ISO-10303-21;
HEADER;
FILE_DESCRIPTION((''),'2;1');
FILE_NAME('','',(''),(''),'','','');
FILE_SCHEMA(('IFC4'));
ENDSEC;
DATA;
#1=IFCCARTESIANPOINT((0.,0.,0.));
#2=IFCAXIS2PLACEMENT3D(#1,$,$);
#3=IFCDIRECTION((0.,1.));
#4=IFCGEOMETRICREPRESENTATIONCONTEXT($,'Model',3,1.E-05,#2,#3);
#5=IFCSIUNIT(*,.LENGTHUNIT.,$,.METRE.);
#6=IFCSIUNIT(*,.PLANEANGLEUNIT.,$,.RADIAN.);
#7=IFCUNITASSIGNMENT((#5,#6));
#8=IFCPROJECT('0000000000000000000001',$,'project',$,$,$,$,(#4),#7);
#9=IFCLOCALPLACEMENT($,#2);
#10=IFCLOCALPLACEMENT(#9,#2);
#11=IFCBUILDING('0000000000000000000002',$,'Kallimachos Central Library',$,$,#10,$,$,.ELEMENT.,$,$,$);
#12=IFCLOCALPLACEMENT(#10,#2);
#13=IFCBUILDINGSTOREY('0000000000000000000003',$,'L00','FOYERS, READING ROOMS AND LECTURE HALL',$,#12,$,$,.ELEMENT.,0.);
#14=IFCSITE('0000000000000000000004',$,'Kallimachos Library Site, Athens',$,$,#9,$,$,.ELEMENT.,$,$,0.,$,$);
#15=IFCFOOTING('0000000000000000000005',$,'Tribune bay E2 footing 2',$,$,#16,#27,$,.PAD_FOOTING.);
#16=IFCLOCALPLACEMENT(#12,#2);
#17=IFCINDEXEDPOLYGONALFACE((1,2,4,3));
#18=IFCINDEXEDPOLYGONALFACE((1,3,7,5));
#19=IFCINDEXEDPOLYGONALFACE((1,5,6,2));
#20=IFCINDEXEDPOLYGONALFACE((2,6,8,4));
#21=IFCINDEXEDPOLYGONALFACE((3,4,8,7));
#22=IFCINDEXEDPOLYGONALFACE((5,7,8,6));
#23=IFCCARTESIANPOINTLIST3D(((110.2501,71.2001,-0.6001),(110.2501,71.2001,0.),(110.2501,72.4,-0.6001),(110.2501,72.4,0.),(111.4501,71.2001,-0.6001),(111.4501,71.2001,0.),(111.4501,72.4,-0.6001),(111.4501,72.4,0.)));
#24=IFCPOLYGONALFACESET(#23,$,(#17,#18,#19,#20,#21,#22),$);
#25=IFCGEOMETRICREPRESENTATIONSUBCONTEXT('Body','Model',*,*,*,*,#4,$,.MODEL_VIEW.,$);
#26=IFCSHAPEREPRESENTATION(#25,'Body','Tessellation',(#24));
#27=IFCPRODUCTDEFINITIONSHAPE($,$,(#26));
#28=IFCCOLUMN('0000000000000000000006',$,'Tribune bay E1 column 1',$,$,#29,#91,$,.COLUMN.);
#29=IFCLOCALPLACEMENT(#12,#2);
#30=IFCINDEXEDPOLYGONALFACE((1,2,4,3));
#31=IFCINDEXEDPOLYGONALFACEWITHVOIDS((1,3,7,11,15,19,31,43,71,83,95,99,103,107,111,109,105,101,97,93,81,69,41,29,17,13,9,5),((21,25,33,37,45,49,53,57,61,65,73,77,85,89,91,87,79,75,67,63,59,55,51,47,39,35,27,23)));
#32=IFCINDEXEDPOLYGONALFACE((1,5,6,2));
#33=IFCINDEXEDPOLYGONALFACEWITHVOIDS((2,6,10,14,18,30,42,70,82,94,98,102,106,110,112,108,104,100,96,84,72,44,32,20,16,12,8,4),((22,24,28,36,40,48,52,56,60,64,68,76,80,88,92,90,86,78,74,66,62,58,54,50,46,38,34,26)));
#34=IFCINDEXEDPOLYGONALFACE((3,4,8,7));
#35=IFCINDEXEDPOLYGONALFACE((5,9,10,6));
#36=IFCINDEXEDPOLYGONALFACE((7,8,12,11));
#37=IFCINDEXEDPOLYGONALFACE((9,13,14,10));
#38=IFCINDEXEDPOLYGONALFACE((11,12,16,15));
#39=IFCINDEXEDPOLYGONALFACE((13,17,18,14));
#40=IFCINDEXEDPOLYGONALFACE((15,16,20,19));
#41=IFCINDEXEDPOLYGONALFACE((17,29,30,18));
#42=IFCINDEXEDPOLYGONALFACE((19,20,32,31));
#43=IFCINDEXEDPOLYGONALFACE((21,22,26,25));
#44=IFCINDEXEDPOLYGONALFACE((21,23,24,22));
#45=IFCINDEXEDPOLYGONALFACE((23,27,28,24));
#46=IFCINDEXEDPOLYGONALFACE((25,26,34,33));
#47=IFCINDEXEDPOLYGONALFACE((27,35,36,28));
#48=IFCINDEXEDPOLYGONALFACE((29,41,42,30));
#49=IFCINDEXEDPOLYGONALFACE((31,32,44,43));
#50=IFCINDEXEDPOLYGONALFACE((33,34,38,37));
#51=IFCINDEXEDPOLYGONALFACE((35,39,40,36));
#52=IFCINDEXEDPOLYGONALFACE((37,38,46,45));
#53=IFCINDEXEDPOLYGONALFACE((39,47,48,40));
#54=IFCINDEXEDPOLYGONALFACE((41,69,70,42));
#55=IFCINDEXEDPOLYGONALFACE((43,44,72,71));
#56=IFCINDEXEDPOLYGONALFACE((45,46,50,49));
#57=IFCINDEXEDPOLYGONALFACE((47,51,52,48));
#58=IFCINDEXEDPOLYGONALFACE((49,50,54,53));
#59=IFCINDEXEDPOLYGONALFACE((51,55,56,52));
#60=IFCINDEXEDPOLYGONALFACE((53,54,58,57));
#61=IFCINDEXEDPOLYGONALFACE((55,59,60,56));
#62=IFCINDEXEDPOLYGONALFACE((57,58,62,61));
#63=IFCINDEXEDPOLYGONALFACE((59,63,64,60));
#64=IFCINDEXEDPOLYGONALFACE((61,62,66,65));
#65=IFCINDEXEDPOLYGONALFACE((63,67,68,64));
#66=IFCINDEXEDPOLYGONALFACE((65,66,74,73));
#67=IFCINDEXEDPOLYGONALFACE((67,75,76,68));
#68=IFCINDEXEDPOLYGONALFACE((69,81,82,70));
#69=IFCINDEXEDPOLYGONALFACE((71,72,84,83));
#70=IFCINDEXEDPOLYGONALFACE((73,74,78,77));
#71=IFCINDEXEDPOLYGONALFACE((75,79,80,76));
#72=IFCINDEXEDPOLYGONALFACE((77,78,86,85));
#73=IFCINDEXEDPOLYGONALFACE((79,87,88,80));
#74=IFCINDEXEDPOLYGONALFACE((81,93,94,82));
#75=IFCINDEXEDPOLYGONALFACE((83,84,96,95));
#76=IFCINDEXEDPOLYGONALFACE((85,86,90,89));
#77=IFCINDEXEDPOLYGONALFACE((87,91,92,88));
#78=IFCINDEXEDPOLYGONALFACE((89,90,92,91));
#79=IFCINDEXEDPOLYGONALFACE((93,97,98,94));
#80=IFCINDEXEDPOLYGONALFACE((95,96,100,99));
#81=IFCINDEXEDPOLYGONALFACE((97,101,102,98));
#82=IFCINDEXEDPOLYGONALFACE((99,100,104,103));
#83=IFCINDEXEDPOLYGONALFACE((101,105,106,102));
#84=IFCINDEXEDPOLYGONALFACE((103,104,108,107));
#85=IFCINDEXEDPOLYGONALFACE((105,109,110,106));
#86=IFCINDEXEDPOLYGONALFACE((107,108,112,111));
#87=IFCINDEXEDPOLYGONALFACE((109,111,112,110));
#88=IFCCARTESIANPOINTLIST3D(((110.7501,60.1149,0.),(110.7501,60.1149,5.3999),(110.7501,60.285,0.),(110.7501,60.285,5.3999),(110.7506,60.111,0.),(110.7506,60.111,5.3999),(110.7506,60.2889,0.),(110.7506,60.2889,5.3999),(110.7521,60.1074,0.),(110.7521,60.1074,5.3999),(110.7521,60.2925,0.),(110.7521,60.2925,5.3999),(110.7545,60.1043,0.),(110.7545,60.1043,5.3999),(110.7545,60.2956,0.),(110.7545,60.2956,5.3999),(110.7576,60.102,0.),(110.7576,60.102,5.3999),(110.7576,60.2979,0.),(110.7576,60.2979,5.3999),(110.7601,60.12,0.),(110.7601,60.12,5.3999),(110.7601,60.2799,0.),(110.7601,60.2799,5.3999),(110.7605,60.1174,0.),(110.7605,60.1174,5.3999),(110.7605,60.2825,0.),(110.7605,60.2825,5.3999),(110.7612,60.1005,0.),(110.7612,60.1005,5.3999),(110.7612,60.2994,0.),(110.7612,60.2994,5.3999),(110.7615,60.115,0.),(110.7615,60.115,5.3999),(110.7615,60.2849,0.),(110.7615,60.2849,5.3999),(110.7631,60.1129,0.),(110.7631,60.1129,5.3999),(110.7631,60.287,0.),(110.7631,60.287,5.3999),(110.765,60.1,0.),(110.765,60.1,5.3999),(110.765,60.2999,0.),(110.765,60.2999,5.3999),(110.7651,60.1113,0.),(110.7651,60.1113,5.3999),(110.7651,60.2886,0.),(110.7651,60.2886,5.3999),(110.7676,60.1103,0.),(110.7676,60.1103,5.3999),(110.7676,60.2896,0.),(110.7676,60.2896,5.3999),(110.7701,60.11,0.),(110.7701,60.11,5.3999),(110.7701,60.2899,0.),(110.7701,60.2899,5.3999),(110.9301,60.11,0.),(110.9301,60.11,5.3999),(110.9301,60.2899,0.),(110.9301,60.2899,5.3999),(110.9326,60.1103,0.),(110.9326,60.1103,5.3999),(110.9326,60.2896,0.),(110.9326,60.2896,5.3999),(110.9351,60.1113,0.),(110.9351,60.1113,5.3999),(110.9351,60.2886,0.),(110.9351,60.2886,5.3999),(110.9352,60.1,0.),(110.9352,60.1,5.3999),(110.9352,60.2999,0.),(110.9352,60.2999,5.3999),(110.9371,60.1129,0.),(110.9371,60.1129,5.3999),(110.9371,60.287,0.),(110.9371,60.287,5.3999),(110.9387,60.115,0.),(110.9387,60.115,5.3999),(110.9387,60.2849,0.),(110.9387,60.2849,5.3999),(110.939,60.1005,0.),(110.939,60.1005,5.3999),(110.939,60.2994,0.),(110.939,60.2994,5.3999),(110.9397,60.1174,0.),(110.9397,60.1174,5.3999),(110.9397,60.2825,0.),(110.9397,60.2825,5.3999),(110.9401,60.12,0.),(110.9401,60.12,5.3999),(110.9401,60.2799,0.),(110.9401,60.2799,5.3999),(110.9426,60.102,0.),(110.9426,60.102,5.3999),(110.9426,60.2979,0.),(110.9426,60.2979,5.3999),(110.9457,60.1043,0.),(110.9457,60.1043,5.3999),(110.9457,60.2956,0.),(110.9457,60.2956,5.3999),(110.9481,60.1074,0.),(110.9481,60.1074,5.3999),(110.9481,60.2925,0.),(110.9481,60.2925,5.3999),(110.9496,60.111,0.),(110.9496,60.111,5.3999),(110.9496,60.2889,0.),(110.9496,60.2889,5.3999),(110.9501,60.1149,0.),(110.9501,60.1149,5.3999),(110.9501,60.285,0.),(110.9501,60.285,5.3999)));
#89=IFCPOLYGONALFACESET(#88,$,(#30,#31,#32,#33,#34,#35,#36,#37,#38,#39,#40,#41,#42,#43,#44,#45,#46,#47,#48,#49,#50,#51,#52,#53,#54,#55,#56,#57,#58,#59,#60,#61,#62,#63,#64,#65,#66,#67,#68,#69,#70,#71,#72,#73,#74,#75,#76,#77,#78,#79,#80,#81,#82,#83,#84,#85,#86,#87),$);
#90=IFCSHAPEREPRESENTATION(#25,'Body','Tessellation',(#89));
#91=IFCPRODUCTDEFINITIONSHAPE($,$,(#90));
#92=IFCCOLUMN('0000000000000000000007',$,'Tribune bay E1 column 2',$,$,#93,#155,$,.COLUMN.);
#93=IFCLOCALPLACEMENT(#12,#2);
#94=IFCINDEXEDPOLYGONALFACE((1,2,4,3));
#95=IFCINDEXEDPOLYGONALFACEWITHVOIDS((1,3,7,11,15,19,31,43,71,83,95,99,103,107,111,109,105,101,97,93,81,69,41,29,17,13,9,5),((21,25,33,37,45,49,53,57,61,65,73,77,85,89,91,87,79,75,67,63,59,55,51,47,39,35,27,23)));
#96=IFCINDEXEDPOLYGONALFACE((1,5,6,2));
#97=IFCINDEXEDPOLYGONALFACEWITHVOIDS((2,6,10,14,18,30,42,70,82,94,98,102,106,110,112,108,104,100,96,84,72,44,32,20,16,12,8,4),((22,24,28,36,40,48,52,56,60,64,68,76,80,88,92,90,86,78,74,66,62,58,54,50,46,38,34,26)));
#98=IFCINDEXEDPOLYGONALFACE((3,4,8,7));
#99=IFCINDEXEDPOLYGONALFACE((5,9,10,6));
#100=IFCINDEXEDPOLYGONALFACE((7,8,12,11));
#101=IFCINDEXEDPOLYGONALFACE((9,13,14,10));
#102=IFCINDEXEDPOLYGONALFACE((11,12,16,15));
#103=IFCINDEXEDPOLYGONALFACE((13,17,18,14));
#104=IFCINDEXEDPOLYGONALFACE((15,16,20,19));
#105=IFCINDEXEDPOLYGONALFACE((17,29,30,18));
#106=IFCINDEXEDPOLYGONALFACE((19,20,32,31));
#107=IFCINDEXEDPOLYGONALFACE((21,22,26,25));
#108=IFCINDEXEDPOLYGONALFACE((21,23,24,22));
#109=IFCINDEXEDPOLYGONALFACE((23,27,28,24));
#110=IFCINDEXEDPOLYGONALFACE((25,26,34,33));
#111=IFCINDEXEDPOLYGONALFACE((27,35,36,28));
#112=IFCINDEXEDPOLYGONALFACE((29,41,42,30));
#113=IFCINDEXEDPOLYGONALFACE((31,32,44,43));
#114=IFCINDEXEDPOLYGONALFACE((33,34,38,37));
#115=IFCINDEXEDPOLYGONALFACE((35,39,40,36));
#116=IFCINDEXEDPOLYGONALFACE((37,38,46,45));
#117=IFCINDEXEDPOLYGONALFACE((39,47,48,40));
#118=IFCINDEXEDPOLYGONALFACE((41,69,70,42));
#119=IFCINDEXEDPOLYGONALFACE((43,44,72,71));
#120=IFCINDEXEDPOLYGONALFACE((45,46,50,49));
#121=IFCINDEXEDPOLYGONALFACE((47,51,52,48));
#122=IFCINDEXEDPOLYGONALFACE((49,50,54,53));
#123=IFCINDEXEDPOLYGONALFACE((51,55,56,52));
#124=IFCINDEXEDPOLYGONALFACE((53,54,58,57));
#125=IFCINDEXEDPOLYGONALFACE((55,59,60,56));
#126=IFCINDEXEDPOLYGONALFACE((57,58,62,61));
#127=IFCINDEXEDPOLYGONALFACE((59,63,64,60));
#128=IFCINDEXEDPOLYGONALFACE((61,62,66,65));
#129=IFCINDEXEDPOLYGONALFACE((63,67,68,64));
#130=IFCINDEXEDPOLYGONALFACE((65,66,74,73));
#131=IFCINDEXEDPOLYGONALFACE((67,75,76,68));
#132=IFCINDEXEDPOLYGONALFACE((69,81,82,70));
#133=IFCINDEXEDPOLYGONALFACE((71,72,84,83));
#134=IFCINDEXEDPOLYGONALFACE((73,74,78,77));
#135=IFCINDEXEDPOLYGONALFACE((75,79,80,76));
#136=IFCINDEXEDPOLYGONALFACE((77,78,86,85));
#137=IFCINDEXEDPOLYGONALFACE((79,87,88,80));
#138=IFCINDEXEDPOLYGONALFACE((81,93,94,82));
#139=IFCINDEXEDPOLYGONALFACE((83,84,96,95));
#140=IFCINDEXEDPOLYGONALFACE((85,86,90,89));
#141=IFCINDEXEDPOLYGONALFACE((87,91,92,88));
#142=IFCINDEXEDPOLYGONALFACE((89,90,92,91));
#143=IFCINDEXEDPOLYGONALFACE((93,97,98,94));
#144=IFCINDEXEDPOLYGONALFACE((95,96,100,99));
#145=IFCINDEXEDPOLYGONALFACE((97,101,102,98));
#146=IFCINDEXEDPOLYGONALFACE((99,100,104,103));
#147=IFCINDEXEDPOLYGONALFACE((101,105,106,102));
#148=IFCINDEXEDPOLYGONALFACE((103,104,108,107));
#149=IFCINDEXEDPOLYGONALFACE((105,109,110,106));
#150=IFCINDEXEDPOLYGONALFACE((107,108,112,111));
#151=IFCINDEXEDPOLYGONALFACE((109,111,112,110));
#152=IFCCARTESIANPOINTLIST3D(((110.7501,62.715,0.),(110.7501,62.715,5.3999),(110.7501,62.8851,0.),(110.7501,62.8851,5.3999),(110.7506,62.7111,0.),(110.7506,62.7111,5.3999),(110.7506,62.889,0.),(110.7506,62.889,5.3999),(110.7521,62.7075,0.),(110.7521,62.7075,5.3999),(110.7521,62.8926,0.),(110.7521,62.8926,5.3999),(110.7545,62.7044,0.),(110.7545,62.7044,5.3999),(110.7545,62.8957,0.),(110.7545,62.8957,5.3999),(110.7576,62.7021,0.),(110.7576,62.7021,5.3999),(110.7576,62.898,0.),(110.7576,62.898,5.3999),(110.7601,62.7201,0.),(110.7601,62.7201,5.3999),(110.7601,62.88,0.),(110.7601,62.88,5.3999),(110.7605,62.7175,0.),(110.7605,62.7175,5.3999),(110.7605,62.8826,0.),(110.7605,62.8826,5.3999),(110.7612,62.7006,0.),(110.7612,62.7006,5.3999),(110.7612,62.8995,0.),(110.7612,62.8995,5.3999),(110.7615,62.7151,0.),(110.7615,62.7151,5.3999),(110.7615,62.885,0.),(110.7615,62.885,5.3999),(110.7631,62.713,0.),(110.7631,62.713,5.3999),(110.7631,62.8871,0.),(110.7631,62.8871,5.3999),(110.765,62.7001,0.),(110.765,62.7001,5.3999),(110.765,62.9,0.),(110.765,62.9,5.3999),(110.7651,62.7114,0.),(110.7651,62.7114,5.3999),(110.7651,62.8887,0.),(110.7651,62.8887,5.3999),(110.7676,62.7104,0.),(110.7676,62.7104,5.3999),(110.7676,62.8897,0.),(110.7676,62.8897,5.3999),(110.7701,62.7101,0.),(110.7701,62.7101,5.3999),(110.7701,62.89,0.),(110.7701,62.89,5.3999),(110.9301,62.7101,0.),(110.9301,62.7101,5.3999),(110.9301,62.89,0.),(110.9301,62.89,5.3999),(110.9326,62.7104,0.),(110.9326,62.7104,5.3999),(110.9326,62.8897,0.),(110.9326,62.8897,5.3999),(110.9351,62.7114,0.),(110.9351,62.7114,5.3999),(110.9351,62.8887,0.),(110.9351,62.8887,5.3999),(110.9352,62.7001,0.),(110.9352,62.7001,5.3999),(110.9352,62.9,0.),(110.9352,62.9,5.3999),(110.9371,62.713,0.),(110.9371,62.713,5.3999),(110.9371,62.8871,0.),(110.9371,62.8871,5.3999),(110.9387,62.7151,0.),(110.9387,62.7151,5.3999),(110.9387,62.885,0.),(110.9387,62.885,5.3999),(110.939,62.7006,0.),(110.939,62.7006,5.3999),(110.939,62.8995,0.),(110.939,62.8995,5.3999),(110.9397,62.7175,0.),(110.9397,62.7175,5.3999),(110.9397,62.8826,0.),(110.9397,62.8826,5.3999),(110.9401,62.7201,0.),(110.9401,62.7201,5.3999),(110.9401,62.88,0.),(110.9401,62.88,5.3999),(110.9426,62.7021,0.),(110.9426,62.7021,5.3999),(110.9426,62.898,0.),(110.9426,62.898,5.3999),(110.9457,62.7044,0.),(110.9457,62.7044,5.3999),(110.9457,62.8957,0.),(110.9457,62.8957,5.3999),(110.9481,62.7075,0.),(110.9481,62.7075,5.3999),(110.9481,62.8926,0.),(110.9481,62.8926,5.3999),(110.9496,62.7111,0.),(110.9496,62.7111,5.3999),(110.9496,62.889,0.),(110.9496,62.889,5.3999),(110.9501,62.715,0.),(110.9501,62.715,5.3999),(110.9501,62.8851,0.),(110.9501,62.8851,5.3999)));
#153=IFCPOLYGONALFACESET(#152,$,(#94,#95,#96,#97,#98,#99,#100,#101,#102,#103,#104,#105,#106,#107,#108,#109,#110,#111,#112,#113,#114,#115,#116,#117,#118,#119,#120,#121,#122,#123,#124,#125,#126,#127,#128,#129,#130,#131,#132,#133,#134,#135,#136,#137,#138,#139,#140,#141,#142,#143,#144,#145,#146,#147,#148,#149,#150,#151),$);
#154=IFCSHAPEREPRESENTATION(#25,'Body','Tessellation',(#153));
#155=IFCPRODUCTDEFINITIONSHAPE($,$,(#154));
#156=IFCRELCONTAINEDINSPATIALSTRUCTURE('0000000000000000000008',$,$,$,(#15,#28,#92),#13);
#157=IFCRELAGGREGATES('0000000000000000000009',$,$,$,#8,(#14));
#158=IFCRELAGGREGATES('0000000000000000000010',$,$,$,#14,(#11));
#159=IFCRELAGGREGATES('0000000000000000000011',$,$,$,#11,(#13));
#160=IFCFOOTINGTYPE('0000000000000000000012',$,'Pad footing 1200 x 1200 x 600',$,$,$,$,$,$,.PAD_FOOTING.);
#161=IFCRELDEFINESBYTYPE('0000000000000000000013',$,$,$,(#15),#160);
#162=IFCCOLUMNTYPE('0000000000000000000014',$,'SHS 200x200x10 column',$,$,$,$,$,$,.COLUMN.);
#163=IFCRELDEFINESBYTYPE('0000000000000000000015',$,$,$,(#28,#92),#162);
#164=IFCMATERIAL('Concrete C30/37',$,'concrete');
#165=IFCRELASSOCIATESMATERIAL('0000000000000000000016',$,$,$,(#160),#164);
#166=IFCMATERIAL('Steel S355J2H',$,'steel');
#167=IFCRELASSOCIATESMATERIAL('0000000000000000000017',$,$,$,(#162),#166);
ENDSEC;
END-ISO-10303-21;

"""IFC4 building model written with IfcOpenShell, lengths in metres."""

from ifc_helpers import new_model, si_unit, direction, frame, origin, origin_2d, place, context, subcontext, project, spatial, rectangle, hollow_rectangle, extrude, material, material_profile, profile_set, type_object, element, save


model = new_model("IFC4")

# Units and contexts
model_context = context("Model", 3, precision=1e-05, world=origin(), true_north=direction((0.0, 1.0)))
body_context = subcontext(model_context, "Body", "Model", "MODEL_VIEW")
ifc_project = project(units=[si_unit("LENGTHUNIT", "METRE"), si_unit("PLANEANGLEUNIT", "RADIAN")], contexts=[model_context])

# Site, building, storey
site_placement = place(None, origin())
site = spatial("IfcSite", under=ifc_project, at=site_placement, Name="Kallimachos Library Site, Athens", CompositionType="ELEMENT", RefElevation=0.0)
building_placement = place(site_placement, origin())
building = spatial("IfcBuilding", under=site, at=building_placement, Name="Kallimachos Central Library", CompositionType="ELEMENT")
storey_placement = place(building_placement, origin())
storey = spatial("IfcBuildingStorey", under=building, at=storey_placement, Name="L00", Description="FOYERS, READING ROOMS AND LECTURE HALL", CompositionType="ELEMENT", Elevation=0.0)

# Footing
ifc_material_1 = material(Name="Concrete C30/37", Category="concrete")
footing_type = type_object("IfcFootingType", Name="Pad footing 1200 x 1200 x 600", PredefinedType="PAD_FOOTING", material=ifc_material_1)
for number, where, z_axis, x_axis, name in (
    (1, (110.8501, 71.8, -0.6001), (0.0, 0.0, 1.0), (1.0, 0.0, 0.0), "Tribune bay E2 footing 2"),
):
    element("IfcFooting", number, at=place(storey_placement, frame(where, z_axis=z_axis, x_axis=x_axis)), inside=storey, type_object=footing_type, Name=name, PredefinedType="PAD_FOOTING", context=body_context, shape_type="SweptSolid", body=[
        extrude(rectangle(XDim=1.2, YDim=1.2, at=origin_2d()), origin(), (0.0, 0.0, 1.0), 0.6001),
    ])

# Columns
ifc_material_2 = material(Name="Steel S355J2H", Category="steel")
ifc_material_profile = material_profile(ifc_material_2, hollow_rectangle(XDim=0.2, YDim=0.2, WallThickness=0.01, InnerFilletRadius=0.01, OuterFilletRadius=0.0149, at=origin_2d()), Name="SHS 200x200x10")
ifc_profile_set = profile_set([ifc_material_profile], Name="Steel S355J2H")
column_type = type_object("IfcColumnType", Name="SHS 200x200x10 column", PredefinedType="COLUMN", material=ifc_profile_set)
for number, where, z_axis, x_axis, name in (
    (2, (110.8501, 60.2, 0.0), (0.0, 0.0, 1.0), (1.0, 0.0, 0.0), "Tribune bay E1 column 1"),
    (3, (110.8501, 62.8, 0.0), (0.0, 0.0, 1.0), (1.0, 0.0, 0.0), "Tribune bay E1 column 2"),
):
    element("IfcColumn", number, at=place(storey_placement, frame(where, z_axis=z_axis, x_axis=x_axis)), inside=storey, type_object=column_type, Name=name, PredefinedType="COLUMN", context=body_context, shape_type="SweptSolid", body=[
        extrude(hollow_rectangle(XDim=0.2, YDim=0.2, WallThickness=0.01, InnerFilletRadius=0.01, OuterFilletRadius=0.0149, at=origin_2d()), origin(), (0.0, 0.0, 1.0), 5.3999),
    ])

save(model, "model.ifc")
